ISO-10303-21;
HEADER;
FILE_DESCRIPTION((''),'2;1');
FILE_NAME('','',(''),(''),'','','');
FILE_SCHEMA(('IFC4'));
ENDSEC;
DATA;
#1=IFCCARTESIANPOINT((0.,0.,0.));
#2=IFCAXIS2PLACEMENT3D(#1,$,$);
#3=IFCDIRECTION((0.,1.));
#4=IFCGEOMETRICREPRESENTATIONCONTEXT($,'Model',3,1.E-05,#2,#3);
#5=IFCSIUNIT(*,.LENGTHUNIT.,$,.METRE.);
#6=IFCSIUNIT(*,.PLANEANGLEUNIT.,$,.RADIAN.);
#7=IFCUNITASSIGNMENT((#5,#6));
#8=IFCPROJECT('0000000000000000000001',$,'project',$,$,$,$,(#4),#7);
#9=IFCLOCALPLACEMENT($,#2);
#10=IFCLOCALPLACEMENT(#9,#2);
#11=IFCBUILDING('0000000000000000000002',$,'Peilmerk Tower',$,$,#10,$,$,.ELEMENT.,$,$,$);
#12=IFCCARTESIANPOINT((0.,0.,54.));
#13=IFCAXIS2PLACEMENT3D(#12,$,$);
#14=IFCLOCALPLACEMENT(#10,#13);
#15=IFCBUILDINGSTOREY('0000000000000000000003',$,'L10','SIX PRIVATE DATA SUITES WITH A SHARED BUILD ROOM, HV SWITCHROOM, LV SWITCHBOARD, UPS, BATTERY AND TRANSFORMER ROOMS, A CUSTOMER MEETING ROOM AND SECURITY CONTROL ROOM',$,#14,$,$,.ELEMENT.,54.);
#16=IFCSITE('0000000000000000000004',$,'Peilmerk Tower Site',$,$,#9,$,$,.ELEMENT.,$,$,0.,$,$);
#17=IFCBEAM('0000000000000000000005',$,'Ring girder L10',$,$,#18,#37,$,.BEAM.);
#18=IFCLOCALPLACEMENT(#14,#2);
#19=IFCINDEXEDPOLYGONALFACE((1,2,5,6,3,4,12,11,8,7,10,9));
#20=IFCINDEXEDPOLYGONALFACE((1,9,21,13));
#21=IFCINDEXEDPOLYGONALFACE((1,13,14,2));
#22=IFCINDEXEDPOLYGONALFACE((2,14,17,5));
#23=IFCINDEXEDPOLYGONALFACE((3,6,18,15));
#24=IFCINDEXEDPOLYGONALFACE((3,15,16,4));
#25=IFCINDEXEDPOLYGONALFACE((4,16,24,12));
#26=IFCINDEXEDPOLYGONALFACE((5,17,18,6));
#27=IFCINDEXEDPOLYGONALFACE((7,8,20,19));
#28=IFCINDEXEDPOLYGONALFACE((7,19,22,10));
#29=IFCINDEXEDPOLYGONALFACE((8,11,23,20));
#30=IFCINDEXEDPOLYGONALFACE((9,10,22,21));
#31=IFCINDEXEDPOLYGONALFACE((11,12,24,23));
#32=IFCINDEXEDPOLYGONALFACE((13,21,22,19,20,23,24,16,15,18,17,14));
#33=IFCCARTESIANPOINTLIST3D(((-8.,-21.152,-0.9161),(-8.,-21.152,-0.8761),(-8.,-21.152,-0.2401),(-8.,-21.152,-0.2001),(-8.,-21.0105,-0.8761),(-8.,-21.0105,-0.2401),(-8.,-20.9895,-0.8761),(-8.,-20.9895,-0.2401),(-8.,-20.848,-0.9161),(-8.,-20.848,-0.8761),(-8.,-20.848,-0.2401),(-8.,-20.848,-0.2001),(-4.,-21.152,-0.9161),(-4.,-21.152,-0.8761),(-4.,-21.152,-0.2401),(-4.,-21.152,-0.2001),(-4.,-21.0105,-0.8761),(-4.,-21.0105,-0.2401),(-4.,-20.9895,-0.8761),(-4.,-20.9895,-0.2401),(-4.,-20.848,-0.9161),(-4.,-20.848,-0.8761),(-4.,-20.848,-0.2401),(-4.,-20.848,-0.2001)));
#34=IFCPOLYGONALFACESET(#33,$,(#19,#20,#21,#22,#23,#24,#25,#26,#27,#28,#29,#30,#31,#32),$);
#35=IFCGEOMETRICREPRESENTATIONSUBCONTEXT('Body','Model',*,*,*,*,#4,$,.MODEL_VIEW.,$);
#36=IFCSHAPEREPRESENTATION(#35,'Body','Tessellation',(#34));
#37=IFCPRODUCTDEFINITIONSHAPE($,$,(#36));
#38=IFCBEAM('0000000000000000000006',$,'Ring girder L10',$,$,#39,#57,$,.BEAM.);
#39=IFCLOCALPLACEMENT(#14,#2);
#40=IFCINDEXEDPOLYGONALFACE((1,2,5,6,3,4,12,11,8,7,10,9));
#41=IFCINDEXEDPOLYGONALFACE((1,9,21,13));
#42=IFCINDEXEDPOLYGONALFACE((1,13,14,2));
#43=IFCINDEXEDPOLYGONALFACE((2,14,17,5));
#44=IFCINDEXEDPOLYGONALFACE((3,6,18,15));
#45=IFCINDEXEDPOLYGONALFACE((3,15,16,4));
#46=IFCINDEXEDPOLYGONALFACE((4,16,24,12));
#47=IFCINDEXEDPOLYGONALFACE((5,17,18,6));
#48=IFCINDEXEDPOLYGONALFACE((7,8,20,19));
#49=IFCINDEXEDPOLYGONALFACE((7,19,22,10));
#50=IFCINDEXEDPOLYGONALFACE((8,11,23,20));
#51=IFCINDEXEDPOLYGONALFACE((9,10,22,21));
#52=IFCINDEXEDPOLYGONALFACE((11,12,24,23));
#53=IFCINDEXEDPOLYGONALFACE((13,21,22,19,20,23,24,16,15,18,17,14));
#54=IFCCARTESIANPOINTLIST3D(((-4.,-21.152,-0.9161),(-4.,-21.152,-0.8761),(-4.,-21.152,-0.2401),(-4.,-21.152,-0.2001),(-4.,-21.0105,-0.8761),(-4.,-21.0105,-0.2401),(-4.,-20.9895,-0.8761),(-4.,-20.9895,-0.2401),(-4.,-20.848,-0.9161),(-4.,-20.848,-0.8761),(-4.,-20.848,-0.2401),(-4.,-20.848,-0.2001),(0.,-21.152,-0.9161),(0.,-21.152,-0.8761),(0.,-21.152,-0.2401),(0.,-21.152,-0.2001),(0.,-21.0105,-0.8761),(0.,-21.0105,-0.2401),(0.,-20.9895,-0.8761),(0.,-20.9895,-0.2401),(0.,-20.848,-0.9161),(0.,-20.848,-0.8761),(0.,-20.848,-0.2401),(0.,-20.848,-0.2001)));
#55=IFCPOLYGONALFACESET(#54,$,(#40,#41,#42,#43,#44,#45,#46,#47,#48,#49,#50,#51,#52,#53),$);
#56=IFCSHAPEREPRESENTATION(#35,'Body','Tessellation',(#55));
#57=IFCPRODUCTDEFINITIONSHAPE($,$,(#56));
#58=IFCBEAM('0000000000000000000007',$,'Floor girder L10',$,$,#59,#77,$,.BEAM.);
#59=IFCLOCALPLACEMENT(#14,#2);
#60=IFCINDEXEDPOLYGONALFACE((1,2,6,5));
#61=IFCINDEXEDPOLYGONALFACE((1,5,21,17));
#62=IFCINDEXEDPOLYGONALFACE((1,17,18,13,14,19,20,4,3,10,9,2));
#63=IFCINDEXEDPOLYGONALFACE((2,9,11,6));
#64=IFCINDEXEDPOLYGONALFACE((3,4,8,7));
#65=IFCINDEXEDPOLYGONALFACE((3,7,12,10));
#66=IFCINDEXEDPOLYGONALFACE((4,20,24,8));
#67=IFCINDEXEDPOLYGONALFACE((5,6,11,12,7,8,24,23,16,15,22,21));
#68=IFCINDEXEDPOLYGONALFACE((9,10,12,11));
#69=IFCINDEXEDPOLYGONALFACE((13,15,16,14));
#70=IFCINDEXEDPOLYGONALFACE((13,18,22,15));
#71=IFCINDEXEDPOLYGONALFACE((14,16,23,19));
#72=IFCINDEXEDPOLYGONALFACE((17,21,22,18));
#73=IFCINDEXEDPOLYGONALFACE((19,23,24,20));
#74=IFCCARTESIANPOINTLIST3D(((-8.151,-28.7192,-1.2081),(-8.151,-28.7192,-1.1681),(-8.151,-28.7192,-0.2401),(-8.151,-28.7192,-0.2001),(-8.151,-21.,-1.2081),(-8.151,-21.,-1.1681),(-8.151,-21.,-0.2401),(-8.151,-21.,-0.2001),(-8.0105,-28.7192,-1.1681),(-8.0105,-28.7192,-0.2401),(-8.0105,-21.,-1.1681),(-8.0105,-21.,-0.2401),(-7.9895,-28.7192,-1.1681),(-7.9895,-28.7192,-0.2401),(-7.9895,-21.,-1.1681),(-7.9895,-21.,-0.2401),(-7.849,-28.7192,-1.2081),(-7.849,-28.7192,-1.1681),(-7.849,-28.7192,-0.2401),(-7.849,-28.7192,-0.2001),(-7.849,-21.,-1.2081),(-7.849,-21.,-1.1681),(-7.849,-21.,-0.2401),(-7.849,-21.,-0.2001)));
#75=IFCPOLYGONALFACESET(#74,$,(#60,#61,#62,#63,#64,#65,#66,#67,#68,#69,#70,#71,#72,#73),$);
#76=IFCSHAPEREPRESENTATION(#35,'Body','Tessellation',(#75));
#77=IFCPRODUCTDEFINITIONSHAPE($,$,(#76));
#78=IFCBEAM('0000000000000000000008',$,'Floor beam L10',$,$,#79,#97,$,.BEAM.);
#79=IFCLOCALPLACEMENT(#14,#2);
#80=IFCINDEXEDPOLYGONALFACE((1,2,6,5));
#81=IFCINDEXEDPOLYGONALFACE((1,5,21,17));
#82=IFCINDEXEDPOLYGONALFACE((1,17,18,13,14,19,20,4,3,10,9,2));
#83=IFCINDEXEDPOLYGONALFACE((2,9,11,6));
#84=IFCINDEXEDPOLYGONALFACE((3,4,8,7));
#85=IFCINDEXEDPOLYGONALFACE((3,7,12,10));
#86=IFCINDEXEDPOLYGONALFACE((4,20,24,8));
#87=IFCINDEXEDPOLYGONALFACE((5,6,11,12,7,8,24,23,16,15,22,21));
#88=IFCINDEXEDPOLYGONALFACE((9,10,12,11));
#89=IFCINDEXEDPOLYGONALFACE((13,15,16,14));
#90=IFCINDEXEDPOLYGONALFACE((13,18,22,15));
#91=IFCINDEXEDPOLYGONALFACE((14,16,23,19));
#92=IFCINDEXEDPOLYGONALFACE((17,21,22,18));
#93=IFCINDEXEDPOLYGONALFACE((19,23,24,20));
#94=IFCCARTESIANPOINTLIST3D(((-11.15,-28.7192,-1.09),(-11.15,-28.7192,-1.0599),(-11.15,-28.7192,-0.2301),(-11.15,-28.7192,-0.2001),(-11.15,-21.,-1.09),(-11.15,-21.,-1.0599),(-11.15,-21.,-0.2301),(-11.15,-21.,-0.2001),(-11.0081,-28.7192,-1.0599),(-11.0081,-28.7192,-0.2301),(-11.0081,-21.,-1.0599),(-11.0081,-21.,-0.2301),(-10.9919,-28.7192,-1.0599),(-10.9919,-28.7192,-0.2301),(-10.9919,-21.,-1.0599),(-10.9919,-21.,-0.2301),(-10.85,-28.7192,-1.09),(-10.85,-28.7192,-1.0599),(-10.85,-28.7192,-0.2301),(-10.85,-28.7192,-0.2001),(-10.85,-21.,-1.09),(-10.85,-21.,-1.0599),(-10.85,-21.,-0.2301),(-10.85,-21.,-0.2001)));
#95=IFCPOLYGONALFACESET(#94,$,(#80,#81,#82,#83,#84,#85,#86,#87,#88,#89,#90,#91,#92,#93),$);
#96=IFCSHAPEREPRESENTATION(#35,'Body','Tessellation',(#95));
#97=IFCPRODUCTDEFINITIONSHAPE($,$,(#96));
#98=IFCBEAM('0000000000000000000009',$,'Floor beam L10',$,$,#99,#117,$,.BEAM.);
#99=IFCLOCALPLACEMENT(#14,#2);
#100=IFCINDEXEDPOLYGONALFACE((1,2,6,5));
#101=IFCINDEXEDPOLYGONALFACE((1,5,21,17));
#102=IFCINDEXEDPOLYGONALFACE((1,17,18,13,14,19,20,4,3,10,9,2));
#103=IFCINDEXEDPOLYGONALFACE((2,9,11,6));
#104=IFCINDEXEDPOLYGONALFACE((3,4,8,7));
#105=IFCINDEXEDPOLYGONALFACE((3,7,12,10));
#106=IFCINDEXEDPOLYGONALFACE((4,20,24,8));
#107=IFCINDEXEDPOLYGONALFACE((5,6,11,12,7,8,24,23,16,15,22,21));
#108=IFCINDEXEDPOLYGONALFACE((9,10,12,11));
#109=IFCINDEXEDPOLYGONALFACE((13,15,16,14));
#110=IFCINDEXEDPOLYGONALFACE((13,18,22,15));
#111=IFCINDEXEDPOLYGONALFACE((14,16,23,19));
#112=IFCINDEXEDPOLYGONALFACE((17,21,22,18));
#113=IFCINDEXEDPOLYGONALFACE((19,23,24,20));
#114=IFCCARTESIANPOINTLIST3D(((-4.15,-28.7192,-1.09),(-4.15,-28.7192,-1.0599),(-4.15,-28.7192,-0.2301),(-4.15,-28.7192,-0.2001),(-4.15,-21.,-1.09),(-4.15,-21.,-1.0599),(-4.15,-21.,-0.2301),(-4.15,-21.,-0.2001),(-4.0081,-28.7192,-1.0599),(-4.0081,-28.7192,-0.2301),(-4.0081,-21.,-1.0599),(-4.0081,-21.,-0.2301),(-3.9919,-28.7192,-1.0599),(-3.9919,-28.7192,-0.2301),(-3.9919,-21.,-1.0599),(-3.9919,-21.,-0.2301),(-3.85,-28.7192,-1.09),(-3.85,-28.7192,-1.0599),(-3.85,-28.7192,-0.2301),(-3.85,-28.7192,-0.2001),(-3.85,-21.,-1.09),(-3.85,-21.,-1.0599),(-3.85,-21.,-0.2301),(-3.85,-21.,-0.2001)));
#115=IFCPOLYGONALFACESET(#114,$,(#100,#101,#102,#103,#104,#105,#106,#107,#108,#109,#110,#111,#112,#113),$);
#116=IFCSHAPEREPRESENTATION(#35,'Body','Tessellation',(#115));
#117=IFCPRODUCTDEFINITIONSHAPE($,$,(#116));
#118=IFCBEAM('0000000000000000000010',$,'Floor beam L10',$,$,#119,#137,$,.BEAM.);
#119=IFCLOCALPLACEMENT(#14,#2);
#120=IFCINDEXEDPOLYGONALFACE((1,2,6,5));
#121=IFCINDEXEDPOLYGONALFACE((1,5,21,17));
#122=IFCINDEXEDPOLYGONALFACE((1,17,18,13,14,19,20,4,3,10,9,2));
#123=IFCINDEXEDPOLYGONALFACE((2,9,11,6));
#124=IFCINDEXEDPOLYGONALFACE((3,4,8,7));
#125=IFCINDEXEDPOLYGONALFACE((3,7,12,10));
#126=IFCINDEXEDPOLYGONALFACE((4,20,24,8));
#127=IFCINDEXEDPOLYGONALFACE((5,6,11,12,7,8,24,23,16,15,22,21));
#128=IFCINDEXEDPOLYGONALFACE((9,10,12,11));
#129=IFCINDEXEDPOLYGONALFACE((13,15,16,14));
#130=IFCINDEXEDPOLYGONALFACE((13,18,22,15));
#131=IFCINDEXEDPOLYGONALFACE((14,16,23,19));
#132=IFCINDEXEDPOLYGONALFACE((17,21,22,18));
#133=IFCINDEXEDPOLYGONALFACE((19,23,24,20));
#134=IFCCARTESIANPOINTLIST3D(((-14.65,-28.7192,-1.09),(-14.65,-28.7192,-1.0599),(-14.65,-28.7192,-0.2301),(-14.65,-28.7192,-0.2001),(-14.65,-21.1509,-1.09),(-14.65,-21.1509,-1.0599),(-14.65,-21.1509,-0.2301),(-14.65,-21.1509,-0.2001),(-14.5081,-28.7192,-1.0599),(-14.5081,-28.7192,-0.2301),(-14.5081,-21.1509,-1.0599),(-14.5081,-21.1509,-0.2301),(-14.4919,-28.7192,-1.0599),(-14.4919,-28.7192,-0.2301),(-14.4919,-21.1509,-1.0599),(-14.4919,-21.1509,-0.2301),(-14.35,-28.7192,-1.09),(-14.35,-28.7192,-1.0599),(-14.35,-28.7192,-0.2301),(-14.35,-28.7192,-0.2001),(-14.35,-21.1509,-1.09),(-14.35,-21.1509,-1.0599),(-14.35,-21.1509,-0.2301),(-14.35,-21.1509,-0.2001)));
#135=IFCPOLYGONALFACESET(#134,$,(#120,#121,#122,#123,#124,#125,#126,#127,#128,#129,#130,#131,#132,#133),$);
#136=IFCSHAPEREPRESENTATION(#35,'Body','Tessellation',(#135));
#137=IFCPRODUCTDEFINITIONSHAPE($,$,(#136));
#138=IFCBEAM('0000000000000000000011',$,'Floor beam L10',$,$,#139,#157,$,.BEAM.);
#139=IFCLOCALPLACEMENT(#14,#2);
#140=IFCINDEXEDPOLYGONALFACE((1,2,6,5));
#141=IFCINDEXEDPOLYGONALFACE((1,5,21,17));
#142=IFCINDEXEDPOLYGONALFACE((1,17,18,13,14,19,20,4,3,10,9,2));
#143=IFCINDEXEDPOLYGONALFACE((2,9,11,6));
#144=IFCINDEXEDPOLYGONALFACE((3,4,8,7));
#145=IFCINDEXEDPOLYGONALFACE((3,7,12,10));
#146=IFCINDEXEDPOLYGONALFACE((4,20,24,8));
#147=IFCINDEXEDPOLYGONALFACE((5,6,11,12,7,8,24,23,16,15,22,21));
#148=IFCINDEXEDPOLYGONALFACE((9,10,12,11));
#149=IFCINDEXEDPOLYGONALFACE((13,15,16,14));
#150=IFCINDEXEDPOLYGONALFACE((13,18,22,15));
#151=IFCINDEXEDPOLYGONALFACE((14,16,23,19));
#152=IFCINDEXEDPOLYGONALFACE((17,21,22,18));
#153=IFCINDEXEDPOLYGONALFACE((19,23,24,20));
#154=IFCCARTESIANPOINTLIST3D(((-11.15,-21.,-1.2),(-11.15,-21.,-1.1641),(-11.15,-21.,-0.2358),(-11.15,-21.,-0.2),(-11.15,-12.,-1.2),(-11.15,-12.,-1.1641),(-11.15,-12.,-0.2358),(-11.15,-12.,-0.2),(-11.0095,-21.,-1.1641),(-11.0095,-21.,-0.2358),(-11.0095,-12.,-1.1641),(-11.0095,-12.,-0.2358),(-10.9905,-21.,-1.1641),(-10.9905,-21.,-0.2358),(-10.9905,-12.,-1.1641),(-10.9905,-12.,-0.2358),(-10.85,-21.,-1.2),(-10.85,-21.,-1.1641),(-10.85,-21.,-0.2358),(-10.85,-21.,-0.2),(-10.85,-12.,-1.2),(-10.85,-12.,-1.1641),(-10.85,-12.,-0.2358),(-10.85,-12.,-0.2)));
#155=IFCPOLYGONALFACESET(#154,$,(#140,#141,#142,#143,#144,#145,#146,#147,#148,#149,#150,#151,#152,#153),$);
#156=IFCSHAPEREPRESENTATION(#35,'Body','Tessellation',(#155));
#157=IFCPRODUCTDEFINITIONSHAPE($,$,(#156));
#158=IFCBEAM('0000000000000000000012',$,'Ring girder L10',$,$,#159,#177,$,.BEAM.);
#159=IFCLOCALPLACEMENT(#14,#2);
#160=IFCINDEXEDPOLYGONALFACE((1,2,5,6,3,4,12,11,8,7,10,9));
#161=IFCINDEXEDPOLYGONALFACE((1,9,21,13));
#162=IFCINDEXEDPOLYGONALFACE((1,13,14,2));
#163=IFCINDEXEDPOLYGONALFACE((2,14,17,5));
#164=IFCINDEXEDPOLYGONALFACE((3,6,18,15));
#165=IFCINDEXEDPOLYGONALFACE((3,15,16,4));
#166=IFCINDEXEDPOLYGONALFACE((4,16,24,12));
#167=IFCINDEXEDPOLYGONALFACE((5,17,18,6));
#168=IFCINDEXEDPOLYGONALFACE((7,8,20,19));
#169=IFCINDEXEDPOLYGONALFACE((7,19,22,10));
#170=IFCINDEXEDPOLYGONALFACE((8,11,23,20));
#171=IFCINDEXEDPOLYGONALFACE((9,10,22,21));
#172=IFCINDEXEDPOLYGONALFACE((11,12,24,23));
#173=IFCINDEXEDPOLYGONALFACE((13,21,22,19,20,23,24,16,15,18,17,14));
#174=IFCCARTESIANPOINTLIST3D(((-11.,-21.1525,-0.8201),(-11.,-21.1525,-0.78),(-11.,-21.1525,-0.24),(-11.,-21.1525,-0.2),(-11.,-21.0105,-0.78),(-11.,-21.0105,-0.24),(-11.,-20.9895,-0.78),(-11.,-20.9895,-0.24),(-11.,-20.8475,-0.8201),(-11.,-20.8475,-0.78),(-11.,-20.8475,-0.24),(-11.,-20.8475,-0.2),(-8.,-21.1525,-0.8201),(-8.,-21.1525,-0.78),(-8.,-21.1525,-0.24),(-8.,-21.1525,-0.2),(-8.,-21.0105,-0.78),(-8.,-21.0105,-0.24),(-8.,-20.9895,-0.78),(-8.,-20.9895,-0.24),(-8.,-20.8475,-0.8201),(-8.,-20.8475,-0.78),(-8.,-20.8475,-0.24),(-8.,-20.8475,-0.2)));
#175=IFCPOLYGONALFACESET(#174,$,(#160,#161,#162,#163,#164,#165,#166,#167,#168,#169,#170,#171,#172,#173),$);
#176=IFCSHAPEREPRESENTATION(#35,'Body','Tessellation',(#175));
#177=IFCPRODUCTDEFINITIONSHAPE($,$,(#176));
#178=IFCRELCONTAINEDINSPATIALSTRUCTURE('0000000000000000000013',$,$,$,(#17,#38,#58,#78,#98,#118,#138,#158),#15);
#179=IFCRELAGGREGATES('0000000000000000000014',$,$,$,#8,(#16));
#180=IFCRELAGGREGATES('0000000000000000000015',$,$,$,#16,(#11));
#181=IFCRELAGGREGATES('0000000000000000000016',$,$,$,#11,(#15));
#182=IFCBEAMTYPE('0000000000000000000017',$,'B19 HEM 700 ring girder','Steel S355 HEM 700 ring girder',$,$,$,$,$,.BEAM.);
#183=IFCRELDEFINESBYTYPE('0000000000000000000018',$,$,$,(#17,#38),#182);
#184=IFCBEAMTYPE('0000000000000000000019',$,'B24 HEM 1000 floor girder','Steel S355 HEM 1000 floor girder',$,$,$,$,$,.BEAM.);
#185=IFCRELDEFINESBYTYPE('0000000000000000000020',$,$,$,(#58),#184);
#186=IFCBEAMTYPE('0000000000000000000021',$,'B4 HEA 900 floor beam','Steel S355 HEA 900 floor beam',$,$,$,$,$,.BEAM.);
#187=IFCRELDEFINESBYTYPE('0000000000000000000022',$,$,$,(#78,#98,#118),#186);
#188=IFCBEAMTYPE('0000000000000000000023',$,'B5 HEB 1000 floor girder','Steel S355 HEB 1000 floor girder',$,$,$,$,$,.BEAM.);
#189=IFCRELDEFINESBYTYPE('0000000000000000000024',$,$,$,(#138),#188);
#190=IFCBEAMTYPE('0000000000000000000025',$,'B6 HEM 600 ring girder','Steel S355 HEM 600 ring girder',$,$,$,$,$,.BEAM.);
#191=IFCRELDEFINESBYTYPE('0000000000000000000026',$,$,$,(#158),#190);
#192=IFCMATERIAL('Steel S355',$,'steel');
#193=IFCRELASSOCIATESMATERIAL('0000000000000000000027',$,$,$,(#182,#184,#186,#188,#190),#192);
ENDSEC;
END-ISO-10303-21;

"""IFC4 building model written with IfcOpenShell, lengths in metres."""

from ifc_helpers import new_model, si_unit, direction, frame, origin, origin_2d, place, context, subcontext, project, spatial, i_section, extrude, material, material_profile, profile_set, type_object, element, save


model = new_model("IFC4")

# Units and contexts
model_context = context("Model", 3, precision=1e-05, world=origin(), true_north=direction((0.0, 1.0)))
body_context = subcontext(model_context, "Body", "Model", "MODEL_VIEW")
ifc_project = project(units=[si_unit("LENGTHUNIT", "METRE"), si_unit("PLANEANGLEUNIT", "RADIAN")], contexts=[model_context])

# Site, building, storey
site_placement = place(None, origin())
site = spatial("IfcSite", under=ifc_project, at=site_placement, Name="Peilmerk Tower Site", CompositionType="ELEMENT", RefElevation=0.0)
building_placement = place(site_placement, origin())
building = spatial("IfcBuilding", under=site, at=building_placement, Name="Peilmerk Tower", CompositionType="ELEMENT")
storey_placement = place(building_placement, frame((0.0, 0.0, 54.0)))
storey = spatial("IfcBuildingStorey", under=building, at=storey_placement, Name="L10", Description="SIX PRIVATE DATA SUITES WITH A SHARED BUILD ROOM, HV SWITCHROOM, LV SWITCHBOARD, UPS, BATTERY AND TRANSFORMER ROOMS, A CUSTOMER MEETING ROOM AND SECURITY CONTROL ROOM", CompositionType="ELEMENT", Elevation=54.0)

# Beams
ifc_material_1 = material(Name="Steel S355", Category="steel")
ifc_material_profile_1 = material_profile(ifc_material_1, i_section(OverallWidth=0.304, OverallDepth=0.7161, WebThickness=0.021, FlangeThickness=0.04, at=origin_2d()), Name="HEM 700")
ifc_profile_set_1 = profile_set([ifc_material_profile_1], Name="Steel S355")
beam_type_1 = type_object("IfcBeamType", Name="B19 HEM 700 ring girder", Description="Steel S355 HEM 700 ring girder", PredefinedType="BEAM", material=ifc_profile_set_1)
for number, where, z_axis, x_axis, name in (
    (1, (-8.0, -21.0, -0.5581), (1.0, 0.0, 0.0), (0.0, 1.0, 0.0), "Ring girder L10"),
    (2, (-4.0, -21.0, -0.5581), (1.0, 0.0, 0.0), (0.0, 1.0, 0.0), "Ring girder L10"),
):
    element("IfcBeam", number, at=place(storey_placement, frame(where, z_axis=z_axis, x_axis=x_axis)), inside=storey, type_object=beam_type_1, Name=name, PredefinedType="BEAM", context=body_context, shape_type="SweptSolid", body=[
        extrude(i_section(OverallWidth=0.304, OverallDepth=0.7161, WebThickness=0.021, FlangeThickness=0.04, at=origin_2d()), origin(), (0.0, 0.0, 1.0), 4.0),
    ])
ifc_material_profile_2 = material_profile(ifc_material_1, i_section(OverallWidth=0.302, OverallDepth=1.0081, WebThickness=0.021, FlangeThickness=0.04, at=origin_2d()), Name="HEM 1000")
ifc_profile_set_2 = profile_set([ifc_material_profile_2], Name="Steel S355")
beam_type_2 = type_object("IfcBeamType", Name="B24 HEM 1000 floor girder", Description="Steel S355 HEM 1000 floor girder", PredefinedType="BEAM", material=ifc_profile_set_2)
beam_1_placement = place(storey_placement, frame((-8.0, -21.0, -0.7041), z_axis=(0.0, -1.0, 0.0), x_axis=(1.0, 0.0, 0.0)))
element("IfcBeam", 3, at=beam_1_placement, inside=storey, type_object=beam_type_2, Name="Floor girder L10", PredefinedType="BEAM", context=body_context, shape_type="SweptSolid", body=[
    extrude(i_section(OverallWidth=0.302, OverallDepth=1.0081, WebThickness=0.021, FlangeThickness=0.04, at=origin_2d()), origin(), (0.0, 0.0, 1.0), 7.7192),
])
ifc_material_profile_3 = material_profile(ifc_material_1, i_section(OverallWidth=0.3, OverallDepth=0.8899, WebThickness=0.0161, FlangeThickness=0.03, at=origin_2d()), Name="HEA 900")
ifc_profile_set_3 = profile_set([ifc_material_profile_3], Name="Steel S355")
beam_type_3 = type_object("IfcBeamType", Name="B4 HEA 900 floor beam", Description="Steel S355 HEA 900 floor beam", PredefinedType="BEAM", material=ifc_profile_set_3)
for number, where, z_axis, x_axis, name in (
    (4, (-11.0, -21.0, -0.645), (0.0, -1.0, 0.0), (1.0, 0.0, 0.0), "Floor beam L10"),
    (5, (-4.0, -21.0, -0.645), (0.0, -1.0, 0.0), (1.0, 0.0, 0.0), "Floor beam L10"),
):
    element("IfcBeam", number, at=place(storey_placement, frame(where, z_axis=z_axis, x_axis=x_axis)), inside=storey, type_object=beam_type_3, Name=name, PredefinedType="BEAM", context=body_context, shape_type="SweptSolid", body=[
        extrude(i_section(OverallWidth=0.3, OverallDepth=0.8899, WebThickness=0.0161, FlangeThickness=0.03, at=origin_2d()), origin(), (0.0, 0.0, 1.0), 7.7192),
    ])
beam_2_placement = place(storey_placement, frame((-14.5, -21.1509, -0.645), z_axis=(0.0, -1.0, 0.0), x_axis=(1.0, 0.0, 0.0)))
element("IfcBeam", 6, at=beam_2_placement, inside=storey, type_object=beam_type_3, Name="Floor beam L10", PredefinedType="BEAM", context=body_context, shape_type="SweptSolid", body=[
    extrude(i_section(OverallWidth=0.3, OverallDepth=0.8899, WebThickness=0.0161, FlangeThickness=0.03, at=origin_2d()), origin(), (0.0, 0.0, 1.0), 7.5684),
])
ifc_material_profile_4 = material_profile(ifc_material_1, i_section(OverallWidth=0.3, OverallDepth=1.0, WebThickness=0.019, FlangeThickness=0.0359, at=origin_2d()), Name="HEB 1000")
ifc_profile_set_4 = profile_set([ifc_material_profile_4], Name="Steel S355")
beam_type_4 = type_object("IfcBeamType", Name="B5 HEB 1000 floor girder", Description="Steel S355 HEB 1000 floor girder", PredefinedType="BEAM", material=ifc_profile_set_4)
beam_3_placement = place(storey_placement, frame((-11.0, -12.0, -0.7), z_axis=(0.0, -1.0, 0.0), x_axis=(1.0, 0.0, 0.0)))
element("IfcBeam", 7, at=beam_3_placement, inside=storey, type_object=beam_type_4, Name="Floor beam L10", PredefinedType="BEAM", context=body_context, shape_type="SweptSolid", body=[
    extrude(i_section(OverallWidth=0.3, OverallDepth=1.0, WebThickness=0.019, FlangeThickness=0.0359, at=origin_2d()), origin(), (0.0, 0.0, 1.0), 9.0),
])
ifc_material_profile_5 = material_profile(ifc_material_1, i_section(OverallWidth=0.3049, OverallDepth=0.6201, WebThickness=0.021, FlangeThickness=0.04, at=origin_2d()), Name="HEM 600")
ifc_profile_set_5 = profile_set([ifc_material_profile_5], Name="Steel S355")
beam_type_5 = type_object("IfcBeamType", Name="B6 HEM 600 ring girder", Description="Steel S355 HEM 600 ring girder", PredefinedType="BEAM", material=ifc_profile_set_5)
beam_4_placement = place(storey_placement, frame((-11.0, -21.0, -0.51), z_axis=(1.0, 0.0, 0.0), x_axis=(0.0, 1.0, 0.0)))
element("IfcBeam", 8, at=beam_4_placement, inside=storey, type_object=beam_type_5, Name="Ring girder L10", PredefinedType="BEAM", context=body_context, shape_type="SweptSolid", body=[
    extrude(i_section(OverallWidth=0.3049, OverallDepth=0.6201, WebThickness=0.021, FlangeThickness=0.04, at=origin_2d()), origin(), (0.0, 0.0, 1.0), 3.0),
])

save(model, "model.ifc")
